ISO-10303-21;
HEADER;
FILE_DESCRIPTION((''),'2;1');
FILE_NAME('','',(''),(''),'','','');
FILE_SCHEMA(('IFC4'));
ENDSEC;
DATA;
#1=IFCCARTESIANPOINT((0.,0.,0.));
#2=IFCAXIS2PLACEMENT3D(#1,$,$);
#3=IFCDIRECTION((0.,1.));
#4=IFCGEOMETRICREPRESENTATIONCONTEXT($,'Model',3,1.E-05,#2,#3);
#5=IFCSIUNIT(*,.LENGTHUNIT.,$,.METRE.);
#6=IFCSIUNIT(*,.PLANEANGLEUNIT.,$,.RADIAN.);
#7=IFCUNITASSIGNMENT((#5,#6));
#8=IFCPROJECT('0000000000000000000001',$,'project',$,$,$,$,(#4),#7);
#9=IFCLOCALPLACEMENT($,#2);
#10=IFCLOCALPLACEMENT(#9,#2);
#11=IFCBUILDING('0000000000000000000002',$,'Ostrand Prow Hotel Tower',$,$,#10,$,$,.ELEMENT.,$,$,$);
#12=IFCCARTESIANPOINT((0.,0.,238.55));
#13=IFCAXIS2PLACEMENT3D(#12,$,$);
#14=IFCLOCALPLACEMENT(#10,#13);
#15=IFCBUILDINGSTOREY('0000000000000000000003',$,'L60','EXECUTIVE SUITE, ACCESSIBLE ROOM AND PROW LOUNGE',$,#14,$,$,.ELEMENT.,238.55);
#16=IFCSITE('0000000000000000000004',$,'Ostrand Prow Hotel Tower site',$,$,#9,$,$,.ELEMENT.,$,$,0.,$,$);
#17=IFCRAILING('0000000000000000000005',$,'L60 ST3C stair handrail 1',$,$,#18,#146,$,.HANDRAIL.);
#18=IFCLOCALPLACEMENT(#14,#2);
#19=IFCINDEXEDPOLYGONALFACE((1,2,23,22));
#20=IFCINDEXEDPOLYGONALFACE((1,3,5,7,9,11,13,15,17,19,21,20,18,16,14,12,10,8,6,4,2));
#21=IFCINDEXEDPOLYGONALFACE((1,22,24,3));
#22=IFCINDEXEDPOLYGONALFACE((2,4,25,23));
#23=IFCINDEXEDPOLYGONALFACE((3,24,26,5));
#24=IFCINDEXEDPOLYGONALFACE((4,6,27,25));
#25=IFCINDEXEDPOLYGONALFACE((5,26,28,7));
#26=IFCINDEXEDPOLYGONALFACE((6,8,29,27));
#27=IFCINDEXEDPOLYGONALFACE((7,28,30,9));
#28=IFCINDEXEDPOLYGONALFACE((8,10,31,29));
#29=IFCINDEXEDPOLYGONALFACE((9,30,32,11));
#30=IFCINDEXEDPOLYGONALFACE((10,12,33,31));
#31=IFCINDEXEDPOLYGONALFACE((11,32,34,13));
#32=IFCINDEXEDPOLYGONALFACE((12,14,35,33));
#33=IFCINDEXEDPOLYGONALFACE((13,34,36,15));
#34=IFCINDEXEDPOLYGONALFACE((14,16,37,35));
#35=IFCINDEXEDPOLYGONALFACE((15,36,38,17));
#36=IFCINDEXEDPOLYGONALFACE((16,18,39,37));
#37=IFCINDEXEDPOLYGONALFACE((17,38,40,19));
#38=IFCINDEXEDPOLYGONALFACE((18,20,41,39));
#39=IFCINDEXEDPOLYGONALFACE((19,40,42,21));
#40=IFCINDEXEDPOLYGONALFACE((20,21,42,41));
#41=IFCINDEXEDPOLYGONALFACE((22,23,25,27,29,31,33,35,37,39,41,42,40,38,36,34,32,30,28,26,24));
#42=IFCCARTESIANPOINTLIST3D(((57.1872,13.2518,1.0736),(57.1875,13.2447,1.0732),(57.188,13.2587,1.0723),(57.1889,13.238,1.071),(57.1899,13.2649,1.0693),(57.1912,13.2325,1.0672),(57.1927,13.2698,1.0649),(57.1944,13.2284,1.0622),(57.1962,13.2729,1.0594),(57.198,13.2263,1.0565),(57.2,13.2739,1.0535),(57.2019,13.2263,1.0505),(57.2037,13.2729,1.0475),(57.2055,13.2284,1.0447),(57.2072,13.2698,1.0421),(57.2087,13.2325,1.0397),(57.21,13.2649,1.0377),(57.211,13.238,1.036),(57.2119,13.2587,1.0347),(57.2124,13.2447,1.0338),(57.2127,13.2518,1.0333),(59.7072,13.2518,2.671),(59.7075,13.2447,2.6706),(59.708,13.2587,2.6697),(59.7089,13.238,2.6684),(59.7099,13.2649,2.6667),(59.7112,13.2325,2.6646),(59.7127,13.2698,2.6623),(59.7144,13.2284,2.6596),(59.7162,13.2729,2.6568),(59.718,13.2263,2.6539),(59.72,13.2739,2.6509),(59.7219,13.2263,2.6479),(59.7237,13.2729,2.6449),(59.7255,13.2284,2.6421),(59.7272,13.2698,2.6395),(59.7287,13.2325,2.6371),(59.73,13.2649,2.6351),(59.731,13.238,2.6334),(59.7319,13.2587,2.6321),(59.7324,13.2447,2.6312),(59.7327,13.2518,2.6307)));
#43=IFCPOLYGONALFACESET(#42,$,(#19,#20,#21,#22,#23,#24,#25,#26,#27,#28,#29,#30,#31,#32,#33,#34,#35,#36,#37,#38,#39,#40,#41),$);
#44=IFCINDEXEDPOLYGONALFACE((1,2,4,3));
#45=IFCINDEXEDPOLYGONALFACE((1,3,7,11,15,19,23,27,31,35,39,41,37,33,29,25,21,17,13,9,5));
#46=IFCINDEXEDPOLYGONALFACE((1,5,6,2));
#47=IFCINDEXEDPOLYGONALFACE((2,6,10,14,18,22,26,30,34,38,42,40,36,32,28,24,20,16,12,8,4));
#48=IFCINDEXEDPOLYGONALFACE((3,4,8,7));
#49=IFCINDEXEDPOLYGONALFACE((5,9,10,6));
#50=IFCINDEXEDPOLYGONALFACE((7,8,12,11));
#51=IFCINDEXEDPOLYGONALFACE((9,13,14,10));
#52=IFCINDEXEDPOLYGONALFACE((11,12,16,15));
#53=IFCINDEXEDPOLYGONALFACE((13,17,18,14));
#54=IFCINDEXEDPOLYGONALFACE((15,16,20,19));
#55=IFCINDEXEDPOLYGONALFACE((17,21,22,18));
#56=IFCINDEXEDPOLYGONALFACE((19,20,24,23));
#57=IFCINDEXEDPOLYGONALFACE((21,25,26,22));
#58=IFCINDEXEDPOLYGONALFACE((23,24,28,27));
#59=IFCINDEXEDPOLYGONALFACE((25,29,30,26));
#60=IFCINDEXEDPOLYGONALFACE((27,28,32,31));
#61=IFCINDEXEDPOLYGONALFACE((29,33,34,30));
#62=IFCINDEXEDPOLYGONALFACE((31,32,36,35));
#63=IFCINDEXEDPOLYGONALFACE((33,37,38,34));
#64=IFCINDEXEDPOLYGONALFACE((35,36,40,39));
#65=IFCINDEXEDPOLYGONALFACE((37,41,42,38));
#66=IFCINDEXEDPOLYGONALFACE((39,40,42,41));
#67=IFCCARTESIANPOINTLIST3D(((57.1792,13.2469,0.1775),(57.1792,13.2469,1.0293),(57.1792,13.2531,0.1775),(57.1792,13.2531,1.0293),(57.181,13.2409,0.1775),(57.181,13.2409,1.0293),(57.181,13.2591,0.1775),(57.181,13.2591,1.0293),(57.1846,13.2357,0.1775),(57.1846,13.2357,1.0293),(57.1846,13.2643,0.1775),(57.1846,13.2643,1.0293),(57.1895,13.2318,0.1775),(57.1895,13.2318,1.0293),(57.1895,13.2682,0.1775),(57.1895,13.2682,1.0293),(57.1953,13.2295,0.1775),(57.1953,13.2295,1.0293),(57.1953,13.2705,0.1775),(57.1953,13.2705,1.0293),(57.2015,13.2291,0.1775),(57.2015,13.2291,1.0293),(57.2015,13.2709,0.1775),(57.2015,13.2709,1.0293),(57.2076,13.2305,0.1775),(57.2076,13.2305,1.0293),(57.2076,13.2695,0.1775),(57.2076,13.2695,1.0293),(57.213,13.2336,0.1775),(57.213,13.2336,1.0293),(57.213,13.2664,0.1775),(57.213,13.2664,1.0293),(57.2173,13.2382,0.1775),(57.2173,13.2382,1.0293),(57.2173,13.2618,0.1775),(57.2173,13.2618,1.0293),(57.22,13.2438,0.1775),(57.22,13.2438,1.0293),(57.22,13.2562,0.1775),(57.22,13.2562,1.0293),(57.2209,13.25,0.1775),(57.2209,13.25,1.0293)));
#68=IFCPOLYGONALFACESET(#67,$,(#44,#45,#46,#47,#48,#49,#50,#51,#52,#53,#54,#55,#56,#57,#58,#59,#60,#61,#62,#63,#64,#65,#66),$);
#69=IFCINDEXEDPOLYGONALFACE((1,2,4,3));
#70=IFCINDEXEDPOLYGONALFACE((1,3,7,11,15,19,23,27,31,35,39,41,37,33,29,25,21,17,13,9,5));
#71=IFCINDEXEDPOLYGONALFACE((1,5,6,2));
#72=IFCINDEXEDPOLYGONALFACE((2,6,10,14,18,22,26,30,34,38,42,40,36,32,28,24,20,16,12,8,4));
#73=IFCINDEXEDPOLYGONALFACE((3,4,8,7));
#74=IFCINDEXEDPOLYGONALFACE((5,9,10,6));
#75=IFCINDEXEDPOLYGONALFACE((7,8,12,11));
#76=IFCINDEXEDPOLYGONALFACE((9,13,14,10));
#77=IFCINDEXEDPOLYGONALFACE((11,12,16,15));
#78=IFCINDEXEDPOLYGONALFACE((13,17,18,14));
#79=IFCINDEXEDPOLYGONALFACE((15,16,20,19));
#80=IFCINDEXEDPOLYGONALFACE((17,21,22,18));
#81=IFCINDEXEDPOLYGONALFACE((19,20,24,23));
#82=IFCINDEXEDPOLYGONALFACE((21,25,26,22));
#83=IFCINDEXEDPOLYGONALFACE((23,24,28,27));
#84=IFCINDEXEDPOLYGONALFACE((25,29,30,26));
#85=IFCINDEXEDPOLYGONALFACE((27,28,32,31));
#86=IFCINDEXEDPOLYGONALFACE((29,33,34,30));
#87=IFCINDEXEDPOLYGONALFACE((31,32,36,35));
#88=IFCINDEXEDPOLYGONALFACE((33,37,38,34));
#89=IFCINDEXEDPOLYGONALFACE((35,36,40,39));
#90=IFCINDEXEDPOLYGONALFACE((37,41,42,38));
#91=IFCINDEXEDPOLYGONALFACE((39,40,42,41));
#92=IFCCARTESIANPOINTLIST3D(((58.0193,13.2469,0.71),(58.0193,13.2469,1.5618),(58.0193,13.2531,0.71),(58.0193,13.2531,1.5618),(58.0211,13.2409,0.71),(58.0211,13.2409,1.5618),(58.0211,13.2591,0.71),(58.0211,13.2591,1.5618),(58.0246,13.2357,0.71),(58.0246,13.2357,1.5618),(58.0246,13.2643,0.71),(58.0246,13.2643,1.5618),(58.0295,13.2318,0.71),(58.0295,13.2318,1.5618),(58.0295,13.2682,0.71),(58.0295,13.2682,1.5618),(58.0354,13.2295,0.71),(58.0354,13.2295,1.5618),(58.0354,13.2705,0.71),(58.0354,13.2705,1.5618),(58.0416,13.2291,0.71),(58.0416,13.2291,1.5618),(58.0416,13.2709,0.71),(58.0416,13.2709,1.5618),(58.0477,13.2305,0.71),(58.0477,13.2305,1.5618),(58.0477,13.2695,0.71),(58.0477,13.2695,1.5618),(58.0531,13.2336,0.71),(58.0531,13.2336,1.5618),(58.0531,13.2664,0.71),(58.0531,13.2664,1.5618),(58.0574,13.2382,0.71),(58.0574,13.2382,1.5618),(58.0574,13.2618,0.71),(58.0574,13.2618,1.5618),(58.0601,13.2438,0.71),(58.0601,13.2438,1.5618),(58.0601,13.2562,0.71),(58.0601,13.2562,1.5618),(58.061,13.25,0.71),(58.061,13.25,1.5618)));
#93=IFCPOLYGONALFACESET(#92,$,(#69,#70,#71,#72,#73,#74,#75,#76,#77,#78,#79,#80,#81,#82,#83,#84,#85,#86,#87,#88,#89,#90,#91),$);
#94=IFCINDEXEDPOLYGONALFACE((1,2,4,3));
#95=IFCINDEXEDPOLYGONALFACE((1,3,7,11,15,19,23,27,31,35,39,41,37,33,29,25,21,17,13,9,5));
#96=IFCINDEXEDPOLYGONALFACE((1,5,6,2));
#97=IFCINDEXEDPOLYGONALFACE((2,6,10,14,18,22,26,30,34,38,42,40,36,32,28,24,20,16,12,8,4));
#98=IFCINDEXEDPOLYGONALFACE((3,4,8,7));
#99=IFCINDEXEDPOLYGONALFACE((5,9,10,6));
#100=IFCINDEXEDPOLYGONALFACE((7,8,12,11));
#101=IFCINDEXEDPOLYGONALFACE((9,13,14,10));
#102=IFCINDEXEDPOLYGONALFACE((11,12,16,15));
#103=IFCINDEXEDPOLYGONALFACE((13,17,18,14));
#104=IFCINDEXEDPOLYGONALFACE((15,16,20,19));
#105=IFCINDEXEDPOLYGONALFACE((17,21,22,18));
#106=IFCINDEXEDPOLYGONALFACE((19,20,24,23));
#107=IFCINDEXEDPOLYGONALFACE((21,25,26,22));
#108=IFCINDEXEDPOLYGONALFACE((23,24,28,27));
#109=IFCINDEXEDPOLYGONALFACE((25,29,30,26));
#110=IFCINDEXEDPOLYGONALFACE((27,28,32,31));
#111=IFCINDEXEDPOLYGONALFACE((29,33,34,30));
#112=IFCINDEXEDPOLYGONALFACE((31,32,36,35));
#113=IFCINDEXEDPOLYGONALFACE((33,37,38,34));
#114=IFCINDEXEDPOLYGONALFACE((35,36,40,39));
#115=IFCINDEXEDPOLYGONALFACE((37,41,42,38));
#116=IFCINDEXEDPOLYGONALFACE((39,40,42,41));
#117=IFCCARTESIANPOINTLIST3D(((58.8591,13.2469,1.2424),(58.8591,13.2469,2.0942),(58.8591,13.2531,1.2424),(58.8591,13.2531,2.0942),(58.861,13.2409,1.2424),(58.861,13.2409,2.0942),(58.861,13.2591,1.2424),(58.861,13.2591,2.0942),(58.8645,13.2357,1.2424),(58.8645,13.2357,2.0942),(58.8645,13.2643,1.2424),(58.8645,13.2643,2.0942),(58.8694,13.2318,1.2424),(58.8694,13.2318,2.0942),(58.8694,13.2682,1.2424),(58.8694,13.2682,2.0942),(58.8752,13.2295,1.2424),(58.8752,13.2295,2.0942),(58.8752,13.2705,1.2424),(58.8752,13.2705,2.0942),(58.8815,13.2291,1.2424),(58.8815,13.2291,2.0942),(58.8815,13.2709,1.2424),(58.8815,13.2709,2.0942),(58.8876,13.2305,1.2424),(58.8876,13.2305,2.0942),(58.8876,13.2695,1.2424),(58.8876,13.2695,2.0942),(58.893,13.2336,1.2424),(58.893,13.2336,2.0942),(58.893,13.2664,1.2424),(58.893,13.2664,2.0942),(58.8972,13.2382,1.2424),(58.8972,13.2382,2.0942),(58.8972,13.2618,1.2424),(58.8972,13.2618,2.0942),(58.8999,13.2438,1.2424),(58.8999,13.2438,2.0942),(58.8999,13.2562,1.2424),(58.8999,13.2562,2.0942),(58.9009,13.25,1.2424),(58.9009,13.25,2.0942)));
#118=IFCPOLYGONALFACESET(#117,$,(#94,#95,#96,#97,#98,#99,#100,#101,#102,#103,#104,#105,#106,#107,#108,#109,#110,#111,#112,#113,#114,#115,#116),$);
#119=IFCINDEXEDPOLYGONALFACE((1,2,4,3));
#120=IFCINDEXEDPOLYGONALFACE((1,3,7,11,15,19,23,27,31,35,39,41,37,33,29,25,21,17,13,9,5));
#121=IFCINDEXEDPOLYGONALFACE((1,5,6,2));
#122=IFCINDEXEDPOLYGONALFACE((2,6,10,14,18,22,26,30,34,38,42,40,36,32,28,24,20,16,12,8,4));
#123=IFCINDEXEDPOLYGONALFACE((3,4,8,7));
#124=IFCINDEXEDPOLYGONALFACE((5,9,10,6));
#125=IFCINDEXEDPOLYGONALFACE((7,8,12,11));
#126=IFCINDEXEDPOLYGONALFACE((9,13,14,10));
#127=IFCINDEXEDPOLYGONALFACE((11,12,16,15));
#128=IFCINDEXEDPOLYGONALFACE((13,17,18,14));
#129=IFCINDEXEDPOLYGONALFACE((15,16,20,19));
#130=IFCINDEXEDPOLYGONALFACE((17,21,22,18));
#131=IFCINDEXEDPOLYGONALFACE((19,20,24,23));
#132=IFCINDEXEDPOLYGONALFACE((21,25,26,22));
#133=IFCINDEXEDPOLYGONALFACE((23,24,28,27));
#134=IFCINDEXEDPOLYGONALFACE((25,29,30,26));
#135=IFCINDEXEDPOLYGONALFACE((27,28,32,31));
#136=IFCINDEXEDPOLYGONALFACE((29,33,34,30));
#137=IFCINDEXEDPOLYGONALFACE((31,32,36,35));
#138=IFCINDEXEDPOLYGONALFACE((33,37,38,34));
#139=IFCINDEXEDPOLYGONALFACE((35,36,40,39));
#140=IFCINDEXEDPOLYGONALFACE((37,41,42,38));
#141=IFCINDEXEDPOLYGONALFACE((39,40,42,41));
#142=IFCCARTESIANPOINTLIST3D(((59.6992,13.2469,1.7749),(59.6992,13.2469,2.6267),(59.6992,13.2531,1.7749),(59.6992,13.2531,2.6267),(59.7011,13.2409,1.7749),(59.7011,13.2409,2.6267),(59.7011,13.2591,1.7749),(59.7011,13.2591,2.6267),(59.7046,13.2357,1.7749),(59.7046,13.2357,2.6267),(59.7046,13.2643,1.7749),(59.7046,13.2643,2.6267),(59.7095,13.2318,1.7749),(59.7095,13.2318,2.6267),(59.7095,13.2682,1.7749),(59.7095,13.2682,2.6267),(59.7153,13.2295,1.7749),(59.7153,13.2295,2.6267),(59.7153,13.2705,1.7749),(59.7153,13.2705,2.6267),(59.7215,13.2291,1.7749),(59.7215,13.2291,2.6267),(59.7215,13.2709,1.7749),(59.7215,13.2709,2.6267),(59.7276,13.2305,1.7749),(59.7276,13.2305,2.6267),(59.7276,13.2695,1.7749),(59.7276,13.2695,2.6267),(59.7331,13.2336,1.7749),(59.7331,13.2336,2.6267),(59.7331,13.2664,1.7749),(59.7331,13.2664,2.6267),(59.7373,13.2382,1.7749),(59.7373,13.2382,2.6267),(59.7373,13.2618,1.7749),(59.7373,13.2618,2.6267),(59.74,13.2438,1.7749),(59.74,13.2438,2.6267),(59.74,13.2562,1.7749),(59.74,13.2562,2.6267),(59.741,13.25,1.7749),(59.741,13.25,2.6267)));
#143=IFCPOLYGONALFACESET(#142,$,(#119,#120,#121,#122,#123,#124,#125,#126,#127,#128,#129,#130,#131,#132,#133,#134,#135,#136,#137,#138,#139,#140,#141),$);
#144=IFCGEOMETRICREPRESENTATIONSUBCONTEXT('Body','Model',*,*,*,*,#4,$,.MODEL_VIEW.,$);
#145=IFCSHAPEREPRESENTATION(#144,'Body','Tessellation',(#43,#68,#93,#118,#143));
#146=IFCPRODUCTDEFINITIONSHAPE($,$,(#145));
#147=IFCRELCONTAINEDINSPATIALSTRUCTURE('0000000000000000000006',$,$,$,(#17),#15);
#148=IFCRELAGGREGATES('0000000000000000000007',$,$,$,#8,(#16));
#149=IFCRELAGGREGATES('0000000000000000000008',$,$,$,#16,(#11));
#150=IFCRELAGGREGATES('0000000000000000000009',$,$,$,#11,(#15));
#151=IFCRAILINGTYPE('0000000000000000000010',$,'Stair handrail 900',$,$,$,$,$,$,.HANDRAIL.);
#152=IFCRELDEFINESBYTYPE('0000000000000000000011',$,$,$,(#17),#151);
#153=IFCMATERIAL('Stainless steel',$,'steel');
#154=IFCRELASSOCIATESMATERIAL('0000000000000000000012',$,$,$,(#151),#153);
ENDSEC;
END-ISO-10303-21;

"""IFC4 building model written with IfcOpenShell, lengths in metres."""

from ifc_helpers import new_model, si_unit, direction, frame, origin, origin_2d, place, context, subcontext, project, spatial, circle, extrude, material, type_object, element, save


model = new_model("IFC4")

# Units and contexts
model_context = context("Model", 3, precision=1e-05, world=origin(), true_north=direction((0.0, 1.0)))
body_context = subcontext(model_context, "Body", "Model", "MODEL_VIEW")
ifc_project = project(units=[si_unit("LENGTHUNIT", "METRE"), si_unit("PLANEANGLEUNIT", "RADIAN")], contexts=[model_context])

# Site, building, storey
site_placement = place(None, origin())
site = spatial("IfcSite", under=ifc_project, at=site_placement, Name="Ostrand Prow Hotel Tower site", CompositionType="ELEMENT", RefElevation=0.0)
building_placement = place(site_placement, origin())
building = spatial("IfcBuilding", under=site, at=building_placement, Name="Ostrand Prow Hotel Tower", CompositionType="ELEMENT")
storey_placement = place(building_placement, frame((0.0, 0.0, 238.55)))
storey = spatial("IfcBuildingStorey", under=building, at=storey_placement, Name="L60", Description="EXECUTIVE SUITE, ACCESSIBLE ROOM AND PROW LOUNGE", CompositionType="ELEMENT", Elevation=238.55)

# Railing
ifc_material_1 = material(Name="Stainless steel", Category="steel")
railing_type_1 = type_object("IfcRailingType", Name="Stair handrail 900", PredefinedType="HANDRAIL", material=ifc_material_1)
railing_1_placement = place(storey_placement, frame((57.2, 13.25, 0.1775)))
element("IfcRailing", 1, at=railing_1_placement, inside=storey, type_object=railing_type_1, Name="L60 ST3C stair handrail 1", PredefinedType="HANDRAIL", context=body_context, shape_type="SweptSolid", body=[
    extrude(circle(Radius=0.0239, at=origin_2d()), frame((0.0, 0.0, 0.876), z_axis=(0.844607, 0.0, 0.535387), x_axis=(0.0, 1.0, 0.0)), (0.0, 0.0, 1.0), 2.9836),
    extrude(circle(Radius=0.021, at=origin_2d()), origin(), (0.0, 0.0, 1.0), 0.8518),
    extrude(circle(Radius=0.021, at=origin_2d()), frame((0.8401, 0.0, 0.5325)), (0.0, 0.0, 1.0), 0.8518),
    extrude(circle(Radius=0.021, at=origin_2d()), frame((1.6799, 0.0, 1.0649)), (0.0, 0.0, 1.0), 0.8518),
    extrude(circle(Radius=0.021, at=origin_2d()), frame((2.52, 0.0, 1.5974)), (0.0, 0.0, 1.0), 0.8518),
])

save(model, "model.ifc")
